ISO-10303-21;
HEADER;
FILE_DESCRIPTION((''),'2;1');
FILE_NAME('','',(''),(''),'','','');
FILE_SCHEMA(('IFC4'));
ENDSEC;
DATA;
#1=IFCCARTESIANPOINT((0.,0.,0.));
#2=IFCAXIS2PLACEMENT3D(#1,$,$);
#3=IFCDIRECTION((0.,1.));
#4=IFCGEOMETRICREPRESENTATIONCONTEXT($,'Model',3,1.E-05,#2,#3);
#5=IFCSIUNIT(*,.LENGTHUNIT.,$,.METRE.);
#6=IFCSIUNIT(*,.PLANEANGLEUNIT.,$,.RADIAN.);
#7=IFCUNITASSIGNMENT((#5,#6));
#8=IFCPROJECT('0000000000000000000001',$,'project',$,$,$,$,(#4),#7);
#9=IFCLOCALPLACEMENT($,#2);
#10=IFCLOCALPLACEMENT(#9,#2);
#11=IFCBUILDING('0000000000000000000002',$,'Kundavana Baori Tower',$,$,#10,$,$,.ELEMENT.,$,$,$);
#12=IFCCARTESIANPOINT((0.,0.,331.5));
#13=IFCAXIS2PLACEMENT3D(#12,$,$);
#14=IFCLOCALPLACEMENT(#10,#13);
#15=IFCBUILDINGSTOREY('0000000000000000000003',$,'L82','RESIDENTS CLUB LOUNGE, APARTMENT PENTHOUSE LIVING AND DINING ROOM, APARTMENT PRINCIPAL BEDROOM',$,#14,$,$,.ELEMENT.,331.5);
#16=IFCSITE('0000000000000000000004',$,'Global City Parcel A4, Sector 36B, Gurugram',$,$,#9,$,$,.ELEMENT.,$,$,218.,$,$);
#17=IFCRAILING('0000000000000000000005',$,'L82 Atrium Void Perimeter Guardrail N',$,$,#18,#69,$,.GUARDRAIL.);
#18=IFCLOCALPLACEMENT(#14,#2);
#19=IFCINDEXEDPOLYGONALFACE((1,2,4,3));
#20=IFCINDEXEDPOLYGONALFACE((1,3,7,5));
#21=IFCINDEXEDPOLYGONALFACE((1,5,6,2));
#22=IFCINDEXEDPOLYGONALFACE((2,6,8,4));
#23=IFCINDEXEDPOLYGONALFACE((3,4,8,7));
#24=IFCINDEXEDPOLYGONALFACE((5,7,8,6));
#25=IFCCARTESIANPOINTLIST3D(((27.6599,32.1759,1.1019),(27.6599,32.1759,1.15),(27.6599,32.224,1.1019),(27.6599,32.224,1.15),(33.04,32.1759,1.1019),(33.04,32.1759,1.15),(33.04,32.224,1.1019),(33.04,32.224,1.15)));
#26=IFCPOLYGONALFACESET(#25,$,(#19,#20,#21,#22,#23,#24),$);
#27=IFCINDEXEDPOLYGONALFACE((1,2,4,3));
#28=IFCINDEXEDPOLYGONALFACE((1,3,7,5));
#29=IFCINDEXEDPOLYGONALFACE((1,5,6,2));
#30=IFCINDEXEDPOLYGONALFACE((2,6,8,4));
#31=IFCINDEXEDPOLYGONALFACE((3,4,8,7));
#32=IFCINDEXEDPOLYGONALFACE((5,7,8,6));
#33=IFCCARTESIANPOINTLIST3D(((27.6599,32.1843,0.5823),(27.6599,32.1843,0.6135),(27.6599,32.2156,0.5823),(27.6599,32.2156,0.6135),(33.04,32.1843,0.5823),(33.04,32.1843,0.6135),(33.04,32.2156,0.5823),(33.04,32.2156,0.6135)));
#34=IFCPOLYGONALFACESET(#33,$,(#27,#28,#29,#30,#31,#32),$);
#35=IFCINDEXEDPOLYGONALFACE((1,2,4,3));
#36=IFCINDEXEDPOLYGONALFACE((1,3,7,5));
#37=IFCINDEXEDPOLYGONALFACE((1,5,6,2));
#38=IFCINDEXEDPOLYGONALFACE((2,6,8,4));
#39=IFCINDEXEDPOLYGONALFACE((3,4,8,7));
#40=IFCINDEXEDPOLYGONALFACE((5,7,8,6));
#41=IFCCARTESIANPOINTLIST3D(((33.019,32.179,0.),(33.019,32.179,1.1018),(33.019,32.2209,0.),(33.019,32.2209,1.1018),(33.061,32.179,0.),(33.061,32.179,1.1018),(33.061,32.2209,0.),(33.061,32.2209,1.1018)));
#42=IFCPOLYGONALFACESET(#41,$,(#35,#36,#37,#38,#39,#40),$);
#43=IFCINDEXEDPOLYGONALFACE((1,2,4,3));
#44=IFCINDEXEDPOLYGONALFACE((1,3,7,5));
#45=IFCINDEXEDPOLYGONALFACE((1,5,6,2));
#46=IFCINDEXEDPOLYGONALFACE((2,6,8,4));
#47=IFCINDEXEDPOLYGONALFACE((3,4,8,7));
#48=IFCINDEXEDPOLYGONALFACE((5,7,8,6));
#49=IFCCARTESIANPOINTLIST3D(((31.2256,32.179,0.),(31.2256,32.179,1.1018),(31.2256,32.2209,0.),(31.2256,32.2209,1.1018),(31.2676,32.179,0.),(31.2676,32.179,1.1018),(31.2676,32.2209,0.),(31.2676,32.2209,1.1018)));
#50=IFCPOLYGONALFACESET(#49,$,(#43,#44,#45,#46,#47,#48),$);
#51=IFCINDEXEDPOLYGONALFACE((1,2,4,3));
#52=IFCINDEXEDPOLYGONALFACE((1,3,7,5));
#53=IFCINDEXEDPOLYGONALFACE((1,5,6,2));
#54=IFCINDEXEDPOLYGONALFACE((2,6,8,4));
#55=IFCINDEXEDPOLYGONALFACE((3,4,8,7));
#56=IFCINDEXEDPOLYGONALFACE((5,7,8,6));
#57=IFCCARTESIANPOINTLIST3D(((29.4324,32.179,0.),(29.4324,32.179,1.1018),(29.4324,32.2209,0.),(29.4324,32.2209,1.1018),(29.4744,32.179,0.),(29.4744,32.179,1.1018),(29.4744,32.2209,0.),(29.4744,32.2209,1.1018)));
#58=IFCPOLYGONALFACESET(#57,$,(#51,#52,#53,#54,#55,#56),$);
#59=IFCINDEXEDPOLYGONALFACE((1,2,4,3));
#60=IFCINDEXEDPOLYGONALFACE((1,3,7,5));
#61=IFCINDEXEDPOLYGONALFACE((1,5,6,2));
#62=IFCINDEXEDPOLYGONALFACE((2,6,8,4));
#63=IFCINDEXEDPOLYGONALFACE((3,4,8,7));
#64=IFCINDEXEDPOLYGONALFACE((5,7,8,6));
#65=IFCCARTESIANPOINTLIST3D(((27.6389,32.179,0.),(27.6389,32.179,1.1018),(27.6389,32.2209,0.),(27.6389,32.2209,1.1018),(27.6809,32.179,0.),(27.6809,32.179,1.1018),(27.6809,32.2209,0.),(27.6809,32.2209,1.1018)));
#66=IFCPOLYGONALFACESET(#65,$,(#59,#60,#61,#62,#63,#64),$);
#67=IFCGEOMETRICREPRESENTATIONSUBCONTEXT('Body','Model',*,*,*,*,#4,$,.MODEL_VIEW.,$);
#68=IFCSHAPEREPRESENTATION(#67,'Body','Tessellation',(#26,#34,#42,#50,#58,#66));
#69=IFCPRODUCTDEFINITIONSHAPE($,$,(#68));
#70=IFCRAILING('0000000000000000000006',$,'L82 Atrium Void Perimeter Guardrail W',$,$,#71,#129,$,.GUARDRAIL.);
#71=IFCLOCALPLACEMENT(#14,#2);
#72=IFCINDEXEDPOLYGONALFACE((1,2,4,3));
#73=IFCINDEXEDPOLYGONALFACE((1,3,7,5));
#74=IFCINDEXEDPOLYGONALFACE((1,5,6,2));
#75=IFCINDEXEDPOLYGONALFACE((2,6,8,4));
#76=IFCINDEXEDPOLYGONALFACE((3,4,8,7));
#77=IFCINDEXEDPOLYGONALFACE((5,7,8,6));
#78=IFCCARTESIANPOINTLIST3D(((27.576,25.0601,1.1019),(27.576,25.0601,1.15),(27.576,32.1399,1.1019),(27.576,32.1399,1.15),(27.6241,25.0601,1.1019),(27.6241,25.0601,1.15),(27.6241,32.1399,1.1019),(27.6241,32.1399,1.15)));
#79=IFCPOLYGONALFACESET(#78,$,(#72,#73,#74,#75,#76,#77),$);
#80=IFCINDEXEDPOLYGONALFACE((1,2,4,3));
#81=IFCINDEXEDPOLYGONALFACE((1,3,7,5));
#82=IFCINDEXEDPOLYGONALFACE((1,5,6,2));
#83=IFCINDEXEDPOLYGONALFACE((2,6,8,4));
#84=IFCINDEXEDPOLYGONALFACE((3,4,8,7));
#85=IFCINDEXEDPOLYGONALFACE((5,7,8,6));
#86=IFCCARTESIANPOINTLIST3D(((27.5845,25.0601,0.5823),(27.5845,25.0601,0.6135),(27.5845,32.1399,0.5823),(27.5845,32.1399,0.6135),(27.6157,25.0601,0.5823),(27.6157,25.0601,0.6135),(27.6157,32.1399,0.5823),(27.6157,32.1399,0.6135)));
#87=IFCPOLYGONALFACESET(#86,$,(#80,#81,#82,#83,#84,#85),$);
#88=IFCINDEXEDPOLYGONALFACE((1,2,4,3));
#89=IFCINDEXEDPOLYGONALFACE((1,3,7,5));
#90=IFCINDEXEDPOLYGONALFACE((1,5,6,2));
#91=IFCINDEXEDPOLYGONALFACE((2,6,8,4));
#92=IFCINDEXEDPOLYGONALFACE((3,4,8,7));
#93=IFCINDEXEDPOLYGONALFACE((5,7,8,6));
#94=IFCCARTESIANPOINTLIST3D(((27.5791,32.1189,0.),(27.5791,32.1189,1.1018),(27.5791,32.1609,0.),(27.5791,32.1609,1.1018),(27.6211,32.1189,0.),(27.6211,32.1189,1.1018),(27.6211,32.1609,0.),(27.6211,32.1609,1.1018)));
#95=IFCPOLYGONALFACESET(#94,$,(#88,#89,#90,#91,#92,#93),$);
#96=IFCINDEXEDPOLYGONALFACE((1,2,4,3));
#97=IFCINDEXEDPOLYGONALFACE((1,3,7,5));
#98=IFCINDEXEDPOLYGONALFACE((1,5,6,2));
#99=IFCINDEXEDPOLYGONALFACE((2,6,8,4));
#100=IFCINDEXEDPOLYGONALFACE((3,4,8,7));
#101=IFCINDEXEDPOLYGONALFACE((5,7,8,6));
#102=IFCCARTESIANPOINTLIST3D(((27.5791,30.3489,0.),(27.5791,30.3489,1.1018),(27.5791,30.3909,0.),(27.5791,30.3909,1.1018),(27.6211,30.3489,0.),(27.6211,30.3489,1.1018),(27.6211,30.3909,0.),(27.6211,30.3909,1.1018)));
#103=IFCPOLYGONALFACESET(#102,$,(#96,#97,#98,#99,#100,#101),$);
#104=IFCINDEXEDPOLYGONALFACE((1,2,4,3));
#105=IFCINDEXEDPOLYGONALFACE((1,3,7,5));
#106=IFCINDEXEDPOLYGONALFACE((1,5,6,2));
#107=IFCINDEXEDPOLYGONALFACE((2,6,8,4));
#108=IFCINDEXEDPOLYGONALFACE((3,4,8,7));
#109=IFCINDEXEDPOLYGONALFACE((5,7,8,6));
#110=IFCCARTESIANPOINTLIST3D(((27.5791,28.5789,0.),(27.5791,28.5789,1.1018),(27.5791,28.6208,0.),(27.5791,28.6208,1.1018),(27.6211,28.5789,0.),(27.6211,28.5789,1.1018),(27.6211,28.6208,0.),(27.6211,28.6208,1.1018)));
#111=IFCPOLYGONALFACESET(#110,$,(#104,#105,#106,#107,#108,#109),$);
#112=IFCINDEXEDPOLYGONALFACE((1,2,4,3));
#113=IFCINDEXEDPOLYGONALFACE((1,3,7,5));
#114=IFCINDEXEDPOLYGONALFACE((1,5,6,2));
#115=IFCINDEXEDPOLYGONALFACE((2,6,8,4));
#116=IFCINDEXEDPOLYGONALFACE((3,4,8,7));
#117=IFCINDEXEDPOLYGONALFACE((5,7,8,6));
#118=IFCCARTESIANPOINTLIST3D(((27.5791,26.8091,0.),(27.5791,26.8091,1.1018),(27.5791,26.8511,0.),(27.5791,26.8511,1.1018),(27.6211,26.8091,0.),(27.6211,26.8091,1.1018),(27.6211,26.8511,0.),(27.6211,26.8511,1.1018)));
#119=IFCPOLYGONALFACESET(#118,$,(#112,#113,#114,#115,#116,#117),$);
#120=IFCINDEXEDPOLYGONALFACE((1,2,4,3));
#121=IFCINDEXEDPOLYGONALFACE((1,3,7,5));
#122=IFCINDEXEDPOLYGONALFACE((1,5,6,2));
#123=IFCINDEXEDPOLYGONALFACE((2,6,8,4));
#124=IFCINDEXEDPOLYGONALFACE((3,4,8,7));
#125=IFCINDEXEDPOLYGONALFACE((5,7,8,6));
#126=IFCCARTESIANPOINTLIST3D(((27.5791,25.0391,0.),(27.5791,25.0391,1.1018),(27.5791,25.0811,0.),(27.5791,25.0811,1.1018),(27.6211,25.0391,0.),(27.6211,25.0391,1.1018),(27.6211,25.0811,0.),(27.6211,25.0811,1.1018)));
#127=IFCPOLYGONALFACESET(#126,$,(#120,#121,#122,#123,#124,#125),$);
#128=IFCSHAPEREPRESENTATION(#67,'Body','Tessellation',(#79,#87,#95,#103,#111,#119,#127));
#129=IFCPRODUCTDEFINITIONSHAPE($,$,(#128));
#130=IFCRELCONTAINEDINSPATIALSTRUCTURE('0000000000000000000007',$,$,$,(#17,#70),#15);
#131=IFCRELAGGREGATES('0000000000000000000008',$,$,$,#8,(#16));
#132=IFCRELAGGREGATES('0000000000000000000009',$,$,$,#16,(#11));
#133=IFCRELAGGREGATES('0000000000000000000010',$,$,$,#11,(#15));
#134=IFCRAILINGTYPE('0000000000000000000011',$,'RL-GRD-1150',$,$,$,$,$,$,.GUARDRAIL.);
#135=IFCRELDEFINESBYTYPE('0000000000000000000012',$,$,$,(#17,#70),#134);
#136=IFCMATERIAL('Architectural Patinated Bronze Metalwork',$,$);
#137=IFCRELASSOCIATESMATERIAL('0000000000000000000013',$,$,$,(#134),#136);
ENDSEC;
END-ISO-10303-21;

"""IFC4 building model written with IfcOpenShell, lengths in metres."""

from ifc_helpers import new_model, si_unit, direction, frame, origin, origin_2d, place, context, subcontext, project, spatial, rectangle, extrude, material, type_object, element, save


model = new_model("IFC4")

# Units and contexts
model_context = context("Model", 3, precision=1e-05, world=origin(), true_north=direction((0.0, 1.0)))
body_context = subcontext(model_context, "Body", "Model", "MODEL_VIEW")
ifc_project = project(units=[si_unit("LENGTHUNIT", "METRE"), si_unit("PLANEANGLEUNIT", "RADIAN")], contexts=[model_context])

# Site, building, storey
site_placement = place(None, origin())
site = spatial("IfcSite", under=ifc_project, at=site_placement, Name="Global City Parcel A4, Sector 36B, Gurugram", CompositionType="ELEMENT", RefElevation=218.0)
building_placement = place(site_placement, origin())
building = spatial("IfcBuilding", under=site, at=building_placement, Name="Kundavana Baori Tower", CompositionType="ELEMENT")
storey_placement = place(building_placement, frame((0.0, 0.0, 331.5)))
storey = spatial("IfcBuildingStorey", under=building, at=storey_placement, Name="L82", Description="RESIDENTS CLUB LOUNGE, APARTMENT PENTHOUSE LIVING AND DINING ROOM, APARTMENT PRINCIPAL BEDROOM", CompositionType="ELEMENT", Elevation=331.5)

# Railings
ifc_material_1 = material(Name="Architectural Patinated Bronze Metalwork")
railing_type = type_object("IfcRailingType", Name="RL-GRD-1150", PredefinedType="GUARDRAIL", material=ifc_material_1)
railing_1_placement = place(storey_placement, frame((33.04, 32.2, 0.0)))
element("IfcRailing", 1, at=railing_1_placement, inside=storey, type_object=railing_type, Name="L82 Atrium Void Perimeter Guardrail N", PredefinedType="GUARDRAIL", context=body_context, shape_type="SweptSolid", body=[
    extrude(rectangle(XDim=0.0481, YDim=0.0481, at=origin_2d()), frame((0.0, 0.0, 1.126), z_axis=(-1.0, 0.0, 0.0), x_axis=(0.0, -1.0, 0.0)), (0.0, 0.0, 1.0), 5.3801),
    extrude(rectangle(XDim=0.0312, YDim=0.0312, at=origin_2d()), frame((0.0, 0.0, 0.5979), z_axis=(-1.0, 0.0, 0.0), x_axis=(0.0, -1.0, 0.0)), (0.0, 0.0, 1.0), 5.3801),
    extrude(rectangle(XDim=0.042, YDim=0.042, at=origin_2d()), origin(), (0.0, 0.0, 1.0), 1.1018),
    extrude(rectangle(XDim=0.042, YDim=0.042, at=origin_2d()), frame((-1.7935, 0.0, 0.0)), (0.0, 0.0, 1.0), 1.1018),
    extrude(rectangle(XDim=0.042, YDim=0.042, at=origin_2d()), frame((-3.5867, 0.0, 0.0)), (0.0, 0.0, 1.0), 1.1018),
    extrude(rectangle(XDim=0.042, YDim=0.042, at=origin_2d()), frame((-5.3801, 0.0, 0.0)), (0.0, 0.0, 1.0), 1.1018),
])
railing_2_placement = place(storey_placement, frame((27.6001, 32.1399, 0.0)))
element("IfcRailing", 2, at=railing_2_placement, inside=storey, type_object=railing_type, Name="L82 Atrium Void Perimeter Guardrail W", PredefinedType="GUARDRAIL", context=body_context, shape_type="SweptSolid", body=[
    extrude(rectangle(XDim=0.0481, YDim=0.0481, at=origin_2d()), frame((0.0, 0.0, 1.126), z_axis=(0.0, -1.0, 0.0), x_axis=(1.0, 0.0, 0.0)), (0.0, 0.0, 1.0), 7.0798),
    extrude(rectangle(XDim=0.0312, YDim=0.0312, at=origin_2d()), frame((0.0, 0.0, 0.5979), z_axis=(0.0, -1.0, 0.0), x_axis=(1.0, 0.0, 0.0)), (0.0, 0.0, 1.0), 7.0798),
    extrude(rectangle(XDim=0.042, YDim=0.042, at=origin_2d()), origin(), (0.0, 0.0, 1.0), 1.1018),
    extrude(rectangle(XDim=0.042, YDim=0.042, at=origin_2d()), frame((0.0, -1.77, 0.0)), (0.0, 0.0, 1.0), 1.1018),
    extrude(rectangle(XDim=0.042, YDim=0.042, at=origin_2d()), frame((0.0, -3.54, 0.0)), (0.0, 0.0, 1.0), 1.1018),
    extrude(rectangle(XDim=0.042, YDim=0.042, at=origin_2d()), frame((0.0, -5.3098, 0.0)), (0.0, 0.0, 1.0), 1.1018),
    extrude(rectangle(XDim=0.042, YDim=0.042, at=origin_2d()), frame((0.0, -7.0798, 0.0)), (0.0, 0.0, 1.0), 1.1018),
])

save(model, "model.ifc")
